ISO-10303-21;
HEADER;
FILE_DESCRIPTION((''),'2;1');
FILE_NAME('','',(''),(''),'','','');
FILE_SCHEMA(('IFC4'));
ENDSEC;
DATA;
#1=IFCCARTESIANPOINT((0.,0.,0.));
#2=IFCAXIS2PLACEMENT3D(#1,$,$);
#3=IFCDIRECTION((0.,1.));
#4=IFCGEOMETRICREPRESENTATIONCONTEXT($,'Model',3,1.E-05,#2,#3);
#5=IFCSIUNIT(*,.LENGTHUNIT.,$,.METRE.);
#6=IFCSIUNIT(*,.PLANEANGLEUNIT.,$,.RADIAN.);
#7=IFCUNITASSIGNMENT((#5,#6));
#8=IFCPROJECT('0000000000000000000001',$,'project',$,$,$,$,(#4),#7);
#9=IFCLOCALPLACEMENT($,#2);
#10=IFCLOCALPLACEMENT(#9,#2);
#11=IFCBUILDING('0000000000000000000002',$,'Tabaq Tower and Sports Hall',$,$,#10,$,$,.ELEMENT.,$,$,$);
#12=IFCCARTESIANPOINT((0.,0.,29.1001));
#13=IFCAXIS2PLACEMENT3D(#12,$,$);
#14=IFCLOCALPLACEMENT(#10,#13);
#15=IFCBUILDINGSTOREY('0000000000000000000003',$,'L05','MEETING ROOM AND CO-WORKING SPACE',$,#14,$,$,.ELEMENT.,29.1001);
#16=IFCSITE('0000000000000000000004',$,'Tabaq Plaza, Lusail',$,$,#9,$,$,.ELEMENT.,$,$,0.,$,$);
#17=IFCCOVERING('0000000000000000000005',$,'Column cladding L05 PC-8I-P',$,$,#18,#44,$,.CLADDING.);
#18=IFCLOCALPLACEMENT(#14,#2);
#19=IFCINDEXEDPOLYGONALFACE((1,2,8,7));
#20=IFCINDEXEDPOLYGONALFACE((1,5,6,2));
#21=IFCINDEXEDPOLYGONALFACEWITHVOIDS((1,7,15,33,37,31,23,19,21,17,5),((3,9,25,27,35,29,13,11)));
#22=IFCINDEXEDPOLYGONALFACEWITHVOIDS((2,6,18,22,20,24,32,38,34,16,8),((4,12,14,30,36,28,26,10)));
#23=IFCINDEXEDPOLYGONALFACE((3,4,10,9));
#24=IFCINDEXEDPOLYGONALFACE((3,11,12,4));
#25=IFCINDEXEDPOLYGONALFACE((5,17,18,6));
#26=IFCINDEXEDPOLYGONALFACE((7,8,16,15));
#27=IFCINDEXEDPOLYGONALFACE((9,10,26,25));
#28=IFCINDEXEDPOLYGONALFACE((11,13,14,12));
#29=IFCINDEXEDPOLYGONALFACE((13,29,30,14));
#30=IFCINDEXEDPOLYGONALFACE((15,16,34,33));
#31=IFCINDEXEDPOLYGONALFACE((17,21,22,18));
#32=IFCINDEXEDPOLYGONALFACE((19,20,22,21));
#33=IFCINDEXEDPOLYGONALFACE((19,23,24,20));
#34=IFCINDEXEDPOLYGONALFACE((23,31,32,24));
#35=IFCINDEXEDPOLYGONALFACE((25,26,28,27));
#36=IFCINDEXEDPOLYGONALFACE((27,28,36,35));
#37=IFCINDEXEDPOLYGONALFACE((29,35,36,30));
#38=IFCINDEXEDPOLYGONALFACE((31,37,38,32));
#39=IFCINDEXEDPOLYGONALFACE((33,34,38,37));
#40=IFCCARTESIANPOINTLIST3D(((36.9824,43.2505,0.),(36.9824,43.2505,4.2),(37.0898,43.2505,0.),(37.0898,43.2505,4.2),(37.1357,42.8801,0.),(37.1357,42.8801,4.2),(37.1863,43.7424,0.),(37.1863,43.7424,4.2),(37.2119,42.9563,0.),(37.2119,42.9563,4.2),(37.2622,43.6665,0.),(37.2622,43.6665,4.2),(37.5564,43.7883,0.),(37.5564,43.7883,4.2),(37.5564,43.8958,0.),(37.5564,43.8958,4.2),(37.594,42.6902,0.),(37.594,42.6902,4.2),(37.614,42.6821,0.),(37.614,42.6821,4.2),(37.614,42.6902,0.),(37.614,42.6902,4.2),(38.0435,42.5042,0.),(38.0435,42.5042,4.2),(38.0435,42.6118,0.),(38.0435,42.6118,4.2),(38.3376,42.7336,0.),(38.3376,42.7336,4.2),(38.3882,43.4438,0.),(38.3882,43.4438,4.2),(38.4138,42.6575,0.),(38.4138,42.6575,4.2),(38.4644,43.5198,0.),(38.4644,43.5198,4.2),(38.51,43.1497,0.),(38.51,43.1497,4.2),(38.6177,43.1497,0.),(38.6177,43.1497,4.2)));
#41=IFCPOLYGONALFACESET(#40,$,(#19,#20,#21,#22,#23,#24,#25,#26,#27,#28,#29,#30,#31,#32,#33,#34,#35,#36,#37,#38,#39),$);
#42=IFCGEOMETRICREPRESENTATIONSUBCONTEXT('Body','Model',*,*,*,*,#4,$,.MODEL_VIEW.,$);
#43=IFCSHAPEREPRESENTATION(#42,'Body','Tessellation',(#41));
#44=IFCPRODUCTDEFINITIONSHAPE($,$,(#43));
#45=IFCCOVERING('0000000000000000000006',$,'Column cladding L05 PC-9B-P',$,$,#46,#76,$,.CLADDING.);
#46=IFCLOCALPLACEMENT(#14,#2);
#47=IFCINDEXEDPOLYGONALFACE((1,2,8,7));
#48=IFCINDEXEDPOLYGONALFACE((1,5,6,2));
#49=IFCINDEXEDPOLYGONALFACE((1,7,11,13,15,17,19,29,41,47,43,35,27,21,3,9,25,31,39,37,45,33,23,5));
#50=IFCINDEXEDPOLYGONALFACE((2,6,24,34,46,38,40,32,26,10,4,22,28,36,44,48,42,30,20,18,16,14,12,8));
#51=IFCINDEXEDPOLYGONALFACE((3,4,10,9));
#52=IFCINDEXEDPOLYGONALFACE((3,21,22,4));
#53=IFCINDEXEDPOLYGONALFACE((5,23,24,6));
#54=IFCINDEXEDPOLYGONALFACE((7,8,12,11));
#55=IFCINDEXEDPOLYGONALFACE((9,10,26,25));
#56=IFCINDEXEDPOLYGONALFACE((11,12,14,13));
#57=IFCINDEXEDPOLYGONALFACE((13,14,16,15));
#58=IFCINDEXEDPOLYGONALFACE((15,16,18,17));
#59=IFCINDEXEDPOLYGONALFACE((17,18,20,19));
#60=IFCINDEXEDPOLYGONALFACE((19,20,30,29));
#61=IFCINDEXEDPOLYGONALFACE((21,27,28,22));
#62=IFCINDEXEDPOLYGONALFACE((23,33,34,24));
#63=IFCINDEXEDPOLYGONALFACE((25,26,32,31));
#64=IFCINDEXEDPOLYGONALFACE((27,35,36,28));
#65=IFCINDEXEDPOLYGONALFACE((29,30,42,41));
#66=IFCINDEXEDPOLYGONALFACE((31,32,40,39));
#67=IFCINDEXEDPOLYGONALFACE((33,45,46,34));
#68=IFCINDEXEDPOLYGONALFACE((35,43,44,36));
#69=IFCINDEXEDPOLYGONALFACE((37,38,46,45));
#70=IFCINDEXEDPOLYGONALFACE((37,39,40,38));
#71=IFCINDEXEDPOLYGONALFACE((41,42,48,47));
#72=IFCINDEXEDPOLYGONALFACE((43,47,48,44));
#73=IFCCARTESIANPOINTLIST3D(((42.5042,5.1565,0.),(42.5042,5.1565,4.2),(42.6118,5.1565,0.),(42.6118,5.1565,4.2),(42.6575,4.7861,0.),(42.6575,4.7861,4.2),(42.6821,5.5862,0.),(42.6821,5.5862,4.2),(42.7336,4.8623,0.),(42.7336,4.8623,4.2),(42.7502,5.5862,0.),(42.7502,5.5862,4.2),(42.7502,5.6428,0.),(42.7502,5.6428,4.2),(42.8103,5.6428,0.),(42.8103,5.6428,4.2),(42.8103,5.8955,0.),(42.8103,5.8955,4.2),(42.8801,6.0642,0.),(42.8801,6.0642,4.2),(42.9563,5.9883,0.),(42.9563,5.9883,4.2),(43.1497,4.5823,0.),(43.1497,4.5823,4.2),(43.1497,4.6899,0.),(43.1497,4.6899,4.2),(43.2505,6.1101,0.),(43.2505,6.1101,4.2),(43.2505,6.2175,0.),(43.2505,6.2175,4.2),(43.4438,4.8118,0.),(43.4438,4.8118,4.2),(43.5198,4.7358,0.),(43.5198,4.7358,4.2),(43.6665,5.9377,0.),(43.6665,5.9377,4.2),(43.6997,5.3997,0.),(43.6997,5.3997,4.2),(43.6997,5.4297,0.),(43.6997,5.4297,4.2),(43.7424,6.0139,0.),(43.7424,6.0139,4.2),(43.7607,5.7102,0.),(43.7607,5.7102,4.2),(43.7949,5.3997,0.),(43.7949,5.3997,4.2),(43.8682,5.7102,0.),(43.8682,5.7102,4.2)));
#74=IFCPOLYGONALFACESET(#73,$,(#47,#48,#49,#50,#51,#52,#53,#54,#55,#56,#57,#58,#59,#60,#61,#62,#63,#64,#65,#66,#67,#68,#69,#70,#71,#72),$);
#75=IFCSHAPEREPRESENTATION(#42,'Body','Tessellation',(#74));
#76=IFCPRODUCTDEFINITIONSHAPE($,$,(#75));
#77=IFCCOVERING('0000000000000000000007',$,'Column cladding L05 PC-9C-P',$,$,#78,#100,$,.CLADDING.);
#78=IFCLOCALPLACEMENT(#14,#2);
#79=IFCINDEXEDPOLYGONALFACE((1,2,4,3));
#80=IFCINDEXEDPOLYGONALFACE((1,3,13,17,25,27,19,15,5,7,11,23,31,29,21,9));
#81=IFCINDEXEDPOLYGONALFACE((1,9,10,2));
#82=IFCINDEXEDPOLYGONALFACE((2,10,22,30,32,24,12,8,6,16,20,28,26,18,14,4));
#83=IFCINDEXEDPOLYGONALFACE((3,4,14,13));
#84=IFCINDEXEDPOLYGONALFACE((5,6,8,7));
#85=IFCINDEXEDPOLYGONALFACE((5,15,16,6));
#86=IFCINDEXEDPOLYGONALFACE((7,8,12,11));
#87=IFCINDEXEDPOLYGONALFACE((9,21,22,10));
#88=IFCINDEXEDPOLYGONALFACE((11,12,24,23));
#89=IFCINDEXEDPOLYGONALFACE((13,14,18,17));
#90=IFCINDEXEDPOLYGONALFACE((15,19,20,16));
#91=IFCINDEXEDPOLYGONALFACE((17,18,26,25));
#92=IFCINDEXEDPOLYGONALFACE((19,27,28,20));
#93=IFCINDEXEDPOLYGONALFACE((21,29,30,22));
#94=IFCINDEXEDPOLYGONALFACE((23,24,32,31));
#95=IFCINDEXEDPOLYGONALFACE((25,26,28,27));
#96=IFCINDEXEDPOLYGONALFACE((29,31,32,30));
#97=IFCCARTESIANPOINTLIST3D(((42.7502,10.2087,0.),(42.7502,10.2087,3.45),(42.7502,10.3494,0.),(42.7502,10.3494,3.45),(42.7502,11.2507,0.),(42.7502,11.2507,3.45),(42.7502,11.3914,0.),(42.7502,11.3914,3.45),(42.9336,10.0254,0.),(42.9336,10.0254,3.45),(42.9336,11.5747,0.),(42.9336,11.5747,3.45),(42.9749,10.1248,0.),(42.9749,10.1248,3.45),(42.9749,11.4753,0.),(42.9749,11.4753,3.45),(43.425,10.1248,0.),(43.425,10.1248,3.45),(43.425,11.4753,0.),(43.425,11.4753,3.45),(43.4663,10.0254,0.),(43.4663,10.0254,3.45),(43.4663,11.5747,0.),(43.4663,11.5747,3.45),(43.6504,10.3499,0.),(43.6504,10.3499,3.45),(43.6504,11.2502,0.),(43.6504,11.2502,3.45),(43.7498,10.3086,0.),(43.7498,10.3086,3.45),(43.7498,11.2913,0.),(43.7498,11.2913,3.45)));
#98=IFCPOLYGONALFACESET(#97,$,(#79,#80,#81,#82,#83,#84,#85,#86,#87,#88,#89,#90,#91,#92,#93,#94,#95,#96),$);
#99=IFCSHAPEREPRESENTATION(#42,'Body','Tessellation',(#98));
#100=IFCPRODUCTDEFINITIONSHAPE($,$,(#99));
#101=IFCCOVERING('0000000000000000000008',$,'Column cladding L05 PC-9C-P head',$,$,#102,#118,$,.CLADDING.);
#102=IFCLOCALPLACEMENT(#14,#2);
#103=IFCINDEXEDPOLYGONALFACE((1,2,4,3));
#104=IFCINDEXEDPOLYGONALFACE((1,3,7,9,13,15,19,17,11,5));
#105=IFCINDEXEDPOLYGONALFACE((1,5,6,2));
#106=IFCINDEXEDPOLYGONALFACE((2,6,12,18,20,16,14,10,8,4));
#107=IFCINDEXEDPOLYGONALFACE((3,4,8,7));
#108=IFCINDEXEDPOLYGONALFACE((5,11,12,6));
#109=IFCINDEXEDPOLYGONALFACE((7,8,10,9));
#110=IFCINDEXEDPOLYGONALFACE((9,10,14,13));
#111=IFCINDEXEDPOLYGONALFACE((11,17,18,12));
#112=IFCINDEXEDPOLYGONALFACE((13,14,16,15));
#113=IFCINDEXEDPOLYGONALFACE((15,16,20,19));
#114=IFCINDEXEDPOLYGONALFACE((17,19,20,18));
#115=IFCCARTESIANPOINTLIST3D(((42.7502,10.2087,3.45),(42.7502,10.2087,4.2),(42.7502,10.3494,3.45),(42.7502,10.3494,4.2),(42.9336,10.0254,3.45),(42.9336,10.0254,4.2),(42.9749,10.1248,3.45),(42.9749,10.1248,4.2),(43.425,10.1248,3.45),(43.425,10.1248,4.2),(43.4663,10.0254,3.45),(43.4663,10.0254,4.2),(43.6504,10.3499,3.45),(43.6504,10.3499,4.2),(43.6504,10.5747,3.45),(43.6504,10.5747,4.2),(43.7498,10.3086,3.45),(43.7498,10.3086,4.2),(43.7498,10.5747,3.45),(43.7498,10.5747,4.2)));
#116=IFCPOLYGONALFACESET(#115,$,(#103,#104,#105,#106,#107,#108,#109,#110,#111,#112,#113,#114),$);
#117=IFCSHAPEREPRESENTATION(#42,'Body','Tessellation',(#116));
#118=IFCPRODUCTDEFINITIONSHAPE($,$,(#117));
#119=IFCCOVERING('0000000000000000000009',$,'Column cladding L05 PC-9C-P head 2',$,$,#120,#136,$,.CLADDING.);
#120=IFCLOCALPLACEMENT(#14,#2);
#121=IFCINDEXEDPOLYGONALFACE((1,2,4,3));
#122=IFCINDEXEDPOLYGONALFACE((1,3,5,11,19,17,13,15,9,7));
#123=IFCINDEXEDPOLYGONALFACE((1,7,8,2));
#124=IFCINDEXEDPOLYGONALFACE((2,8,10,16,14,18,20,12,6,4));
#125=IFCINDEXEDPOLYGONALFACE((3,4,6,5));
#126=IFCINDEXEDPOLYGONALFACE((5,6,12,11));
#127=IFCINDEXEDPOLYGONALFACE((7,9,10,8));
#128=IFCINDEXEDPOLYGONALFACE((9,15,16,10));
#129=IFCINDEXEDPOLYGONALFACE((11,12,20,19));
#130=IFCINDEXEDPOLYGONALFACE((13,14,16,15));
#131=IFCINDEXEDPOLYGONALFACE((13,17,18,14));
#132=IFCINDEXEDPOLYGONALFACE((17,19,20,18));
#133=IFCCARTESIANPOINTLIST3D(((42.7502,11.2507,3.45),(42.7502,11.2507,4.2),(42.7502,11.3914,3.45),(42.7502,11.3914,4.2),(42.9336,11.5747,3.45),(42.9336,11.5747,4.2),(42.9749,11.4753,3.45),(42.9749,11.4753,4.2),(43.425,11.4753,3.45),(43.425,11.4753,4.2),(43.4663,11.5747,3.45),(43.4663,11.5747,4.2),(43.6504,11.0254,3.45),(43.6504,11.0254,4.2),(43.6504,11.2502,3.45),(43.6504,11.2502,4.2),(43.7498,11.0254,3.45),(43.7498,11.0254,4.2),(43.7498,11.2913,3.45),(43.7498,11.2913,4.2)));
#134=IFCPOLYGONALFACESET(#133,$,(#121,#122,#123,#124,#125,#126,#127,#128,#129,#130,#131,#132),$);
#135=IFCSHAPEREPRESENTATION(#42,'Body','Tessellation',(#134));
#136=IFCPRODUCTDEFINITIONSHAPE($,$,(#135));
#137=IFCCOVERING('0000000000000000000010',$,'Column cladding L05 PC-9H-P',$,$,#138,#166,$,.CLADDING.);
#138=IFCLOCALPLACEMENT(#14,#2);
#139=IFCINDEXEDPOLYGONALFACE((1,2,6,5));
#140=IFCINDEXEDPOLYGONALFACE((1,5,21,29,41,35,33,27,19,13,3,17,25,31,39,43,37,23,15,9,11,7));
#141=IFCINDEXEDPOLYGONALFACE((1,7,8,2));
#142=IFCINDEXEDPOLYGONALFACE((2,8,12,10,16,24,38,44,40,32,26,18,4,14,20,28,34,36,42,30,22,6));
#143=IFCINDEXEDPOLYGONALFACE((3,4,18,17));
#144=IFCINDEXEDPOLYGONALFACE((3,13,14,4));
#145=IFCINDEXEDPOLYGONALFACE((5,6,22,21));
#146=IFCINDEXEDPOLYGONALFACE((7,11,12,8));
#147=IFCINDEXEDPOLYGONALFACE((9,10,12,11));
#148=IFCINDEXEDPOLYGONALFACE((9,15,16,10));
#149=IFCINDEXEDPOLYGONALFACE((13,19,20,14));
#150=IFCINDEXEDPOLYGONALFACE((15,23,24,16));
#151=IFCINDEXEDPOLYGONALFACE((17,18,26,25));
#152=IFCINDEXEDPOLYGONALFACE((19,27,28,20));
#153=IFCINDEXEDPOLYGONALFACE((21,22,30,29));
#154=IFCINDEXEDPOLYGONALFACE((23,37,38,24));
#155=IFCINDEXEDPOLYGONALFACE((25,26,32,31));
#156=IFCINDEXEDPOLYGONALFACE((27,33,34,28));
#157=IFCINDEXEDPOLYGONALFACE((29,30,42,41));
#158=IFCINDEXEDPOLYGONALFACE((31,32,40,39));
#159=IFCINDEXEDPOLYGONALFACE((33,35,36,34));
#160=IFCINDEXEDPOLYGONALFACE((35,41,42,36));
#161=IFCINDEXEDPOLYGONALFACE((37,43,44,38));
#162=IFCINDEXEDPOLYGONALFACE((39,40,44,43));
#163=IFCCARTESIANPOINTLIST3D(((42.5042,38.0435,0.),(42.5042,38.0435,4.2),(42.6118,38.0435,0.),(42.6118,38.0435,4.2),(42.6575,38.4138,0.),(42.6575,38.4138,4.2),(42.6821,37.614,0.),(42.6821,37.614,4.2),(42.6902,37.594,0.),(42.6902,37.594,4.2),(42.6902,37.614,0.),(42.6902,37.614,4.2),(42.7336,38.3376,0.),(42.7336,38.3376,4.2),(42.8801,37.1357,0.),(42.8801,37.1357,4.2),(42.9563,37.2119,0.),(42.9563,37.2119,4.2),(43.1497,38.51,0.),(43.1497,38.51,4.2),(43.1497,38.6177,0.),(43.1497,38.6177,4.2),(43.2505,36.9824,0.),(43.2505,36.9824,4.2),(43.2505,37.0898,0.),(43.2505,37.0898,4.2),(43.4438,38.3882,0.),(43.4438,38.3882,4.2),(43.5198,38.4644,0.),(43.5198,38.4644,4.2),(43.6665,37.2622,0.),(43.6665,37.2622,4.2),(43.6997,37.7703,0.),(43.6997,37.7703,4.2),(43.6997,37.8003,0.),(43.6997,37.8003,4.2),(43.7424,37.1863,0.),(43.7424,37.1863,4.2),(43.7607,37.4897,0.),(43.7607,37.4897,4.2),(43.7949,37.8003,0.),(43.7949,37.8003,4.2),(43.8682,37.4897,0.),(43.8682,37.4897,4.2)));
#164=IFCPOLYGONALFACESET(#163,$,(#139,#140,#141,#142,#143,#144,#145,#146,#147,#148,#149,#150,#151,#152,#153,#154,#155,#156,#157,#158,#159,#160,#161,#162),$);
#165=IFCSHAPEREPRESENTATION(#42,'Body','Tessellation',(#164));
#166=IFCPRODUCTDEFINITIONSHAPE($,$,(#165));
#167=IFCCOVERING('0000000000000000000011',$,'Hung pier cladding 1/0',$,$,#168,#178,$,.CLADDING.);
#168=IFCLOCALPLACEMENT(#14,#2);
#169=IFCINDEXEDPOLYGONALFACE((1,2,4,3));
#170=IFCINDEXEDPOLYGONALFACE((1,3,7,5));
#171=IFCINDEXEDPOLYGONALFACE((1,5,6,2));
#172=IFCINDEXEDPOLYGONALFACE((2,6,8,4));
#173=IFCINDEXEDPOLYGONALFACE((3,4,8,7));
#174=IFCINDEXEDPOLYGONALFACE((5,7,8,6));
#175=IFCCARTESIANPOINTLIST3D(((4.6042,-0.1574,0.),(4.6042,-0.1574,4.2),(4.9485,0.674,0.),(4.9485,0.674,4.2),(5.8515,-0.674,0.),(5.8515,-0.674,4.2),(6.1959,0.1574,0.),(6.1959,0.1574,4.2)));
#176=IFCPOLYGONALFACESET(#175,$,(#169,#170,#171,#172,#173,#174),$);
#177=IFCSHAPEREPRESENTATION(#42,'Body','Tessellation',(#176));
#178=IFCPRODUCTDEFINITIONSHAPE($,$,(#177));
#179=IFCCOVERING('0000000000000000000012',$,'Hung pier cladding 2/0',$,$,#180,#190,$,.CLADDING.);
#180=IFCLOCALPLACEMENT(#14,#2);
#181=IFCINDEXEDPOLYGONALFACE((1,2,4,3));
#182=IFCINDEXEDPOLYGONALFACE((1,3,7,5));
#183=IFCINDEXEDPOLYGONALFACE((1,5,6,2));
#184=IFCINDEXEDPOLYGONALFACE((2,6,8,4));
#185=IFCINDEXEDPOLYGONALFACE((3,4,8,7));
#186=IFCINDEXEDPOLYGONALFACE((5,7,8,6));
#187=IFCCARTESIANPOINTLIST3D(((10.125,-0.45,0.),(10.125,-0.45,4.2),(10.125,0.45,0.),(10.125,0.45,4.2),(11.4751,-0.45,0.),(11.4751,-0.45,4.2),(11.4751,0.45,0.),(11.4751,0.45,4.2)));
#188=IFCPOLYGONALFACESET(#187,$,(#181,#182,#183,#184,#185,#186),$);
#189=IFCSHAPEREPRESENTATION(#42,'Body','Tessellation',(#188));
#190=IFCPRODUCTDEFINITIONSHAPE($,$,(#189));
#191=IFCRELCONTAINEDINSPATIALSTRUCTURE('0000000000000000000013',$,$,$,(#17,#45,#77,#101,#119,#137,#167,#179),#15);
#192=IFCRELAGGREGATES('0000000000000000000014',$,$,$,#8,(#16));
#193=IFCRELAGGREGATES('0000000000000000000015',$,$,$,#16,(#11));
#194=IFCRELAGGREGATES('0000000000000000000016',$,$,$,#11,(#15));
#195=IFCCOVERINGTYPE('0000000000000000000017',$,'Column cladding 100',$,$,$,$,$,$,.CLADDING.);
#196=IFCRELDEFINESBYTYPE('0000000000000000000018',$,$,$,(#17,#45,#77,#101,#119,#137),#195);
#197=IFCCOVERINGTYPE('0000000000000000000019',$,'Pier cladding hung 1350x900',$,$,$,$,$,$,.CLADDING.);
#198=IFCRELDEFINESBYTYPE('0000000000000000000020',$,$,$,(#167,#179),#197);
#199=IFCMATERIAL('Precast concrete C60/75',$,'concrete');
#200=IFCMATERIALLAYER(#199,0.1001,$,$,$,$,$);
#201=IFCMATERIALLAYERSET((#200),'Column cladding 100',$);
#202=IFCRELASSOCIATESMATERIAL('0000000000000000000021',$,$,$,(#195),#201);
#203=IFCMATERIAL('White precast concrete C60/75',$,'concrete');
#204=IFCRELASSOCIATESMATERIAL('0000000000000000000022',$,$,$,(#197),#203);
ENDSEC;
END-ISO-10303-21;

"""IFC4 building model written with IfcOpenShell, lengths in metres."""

from ifc_helpers import new_model, si_unit, direction, frame, frame_2d, origin, place, context, subcontext, project, spatial, polyline, rectangle, outline, extrude, material, layer, layer_set, type_object, element, save


model = new_model("IFC4")

# Units and contexts
model_context = context("Model", 3, precision=1e-05, world=origin(), true_north=direction((0.0, 1.0)))
body_context = subcontext(model_context, "Body", "Model", "MODEL_VIEW")
ifc_project = project(units=[si_unit("LENGTHUNIT", "METRE"), si_unit("PLANEANGLEUNIT", "RADIAN")], contexts=[model_context])

# Site, building, storey
site_placement = place(None, origin())
site = spatial("IfcSite", under=ifc_project, at=site_placement, Name="Tabaq Plaza, Lusail", CompositionType="ELEMENT", RefElevation=0.0)
building_placement = place(site_placement, origin())
building = spatial("IfcBuilding", under=site, at=building_placement, Name="Tabaq Tower and Sports Hall", CompositionType="ELEMENT")
storey_placement = place(building_placement, frame((0.0, 0.0, 29.1001)))
storey = spatial("IfcBuildingStorey", under=building, at=storey_placement, Name="L05", Description="MEETING ROOM AND CO-WORKING SPACE", CompositionType="ELEMENT", Elevation=29.1001)

# Coverings
ifc_material_1 = material(Name="Precast concrete C60/75", Category="concrete")
ifc_layer_1 = layer(ifc_material_1, 0.1001)
ifc_layer_set_1 = layer_set([ifc_layer_1], Name="Column cladding 100")
covering_type_1 = type_object("IfcCoveringType", Name="Column cladding 100", PredefinedType="CLADDING", material=ifc_layer_set_1)
covering_1_placement = place(storey_placement, origin())
element("IfcCovering", 1, at=covering_1_placement, inside=storey, type_object=covering_type_1, Name="Column cladding L05 PC-8I-P", PredefinedType="CLADDING", context=body_context, shape_type="SweptSolid", body=[
    extrude(outline(polyline([(38.4138, 42.6575), (38.0435, 42.5042), (37.614, 42.6821), (37.614, 42.6902), (37.594, 42.6902), (37.1357, 42.8801), (36.9824, 43.2505), (37.1863, 43.7424), (37.5564, 43.8958), (38.4644, 43.5198), (38.6177, 43.1497), (38.4138, 42.6575)]), holes=[polyline([(37.2622, 43.6665), (37.0898, 43.2505), (37.2119, 42.9563), (38.0435, 42.6118), (38.3376, 42.7336), (38.51, 43.1497), (38.3882, 43.4438), (37.5564, 43.7883), (37.2622, 43.6665)])]), origin(), (0.0, 0.0, 1.0), 4.2),
])
covering_2_placement = place(storey_placement, origin())
element("IfcCovering", 2, at=covering_2_placement, inside=storey, type_object=covering_type_1, Name="Column cladding L05 PC-9B-P", PredefinedType="CLADDING", context=body_context, shape_type="SweptSolid", body=[
    extrude(outline(polyline([(42.6575, 4.7861), (42.5042, 5.1565), (42.6821, 5.5862), (42.7502, 5.5862), (42.7502, 5.6428), (42.8103, 5.6428), (42.8103, 5.8955), (42.8801, 6.0642), (43.2505, 6.2175), (43.7424, 6.0139), (43.8682, 5.7102), (43.7607, 5.7102), (43.6665, 5.9377), (43.2505, 6.1101), (42.9563, 5.9883), (42.6118, 5.1565), (42.7336, 4.8623), (43.1497, 4.6899), (43.4438, 4.8118), (43.6997, 5.4297), (43.6997, 5.3997), (43.7949, 5.3997), (43.5198, 4.7358), (43.1497, 4.5823), (42.6575, 4.7861)])), origin(), (0.0, 0.0, 1.0), 4.2),
])
covering_3_placement = place(storey_placement, origin())
element("IfcCovering", 3, at=covering_3_placement, inside=storey, type_object=covering_type_1, Name="Column cladding L05 PC-9C-P", PredefinedType="CLADDING", context=body_context, shape_type="SweptSolid", body=[
    extrude(outline(polyline([(42.9336, 10.0254), (42.7502, 10.2087), (42.7502, 10.3494), (42.9749, 10.1248), (43.425, 10.1248), (43.6504, 10.3499), (43.6504, 11.2502), (43.425, 11.4753), (42.9749, 11.4753), (42.7502, 11.2507), (42.7502, 11.3914), (42.9336, 11.5747), (43.4663, 11.5747), (43.7498, 11.2913), (43.7498, 10.3086), (43.4663, 10.0254), (42.9336, 10.0254)])), origin(), (0.0, 0.0, 1.0), 3.45),
])
covering_4_placement = place(storey_placement, frame((0.0, 0.0, 3.45)))
element("IfcCovering", 4, at=covering_4_placement, inside=storey, type_object=covering_type_1, Name="Column cladding L05 PC-9C-P head", PredefinedType="CLADDING", context=body_context, shape_type="SweptSolid", body=[
    extrude(outline(polyline([(42.7502, 10.2087), (42.7502, 10.3494), (42.9749, 10.1248), (43.425, 10.1248), (43.6504, 10.3499), (43.6504, 10.5747), (43.7498, 10.5747), (43.7498, 10.3086), (43.4663, 10.0254), (42.9336, 10.0254), (42.7502, 10.2087)])), origin(), (0.0, 0.0, 1.0), 0.75),
])
covering_5_placement = place(storey_placement, frame((0.0, 0.0, 3.45)))
element("IfcCovering", 5, at=covering_5_placement, inside=storey, type_object=covering_type_1, Name="Column cladding L05 PC-9C-P head 2", PredefinedType="CLADDING", context=body_context, shape_type="SweptSolid", body=[
    extrude(outline(polyline([(43.6504, 11.2502), (43.425, 11.4753), (42.9749, 11.4753), (42.7502, 11.2507), (42.7502, 11.3914), (42.9336, 11.5747), (43.4663, 11.5747), (43.7498, 11.2913), (43.7498, 11.0254), (43.6504, 11.0254), (43.6504, 11.2502)])), origin(), (0.0, 0.0, 1.0), 0.75),
])
covering_6_placement = place(storey_placement, origin())
element("IfcCovering", 6, at=covering_6_placement, inside=storey, type_object=covering_type_1, Name="Column cladding L05 PC-9H-P", PredefinedType="CLADDING", context=body_context, shape_type="SweptSolid", body=[
    extrude(outline(polyline([(43.2505, 36.9824), (42.8801, 37.1357), (42.6902, 37.594), (42.6902, 37.614), (42.6821, 37.614), (42.5042, 38.0435), (42.6575, 38.4138), (43.1497, 38.6177), (43.5198, 38.4644), (43.7949, 37.8003), (43.6997, 37.8003), (43.6997, 37.7703), (43.4438, 38.3882), (43.1497, 38.51), (42.7336, 38.3376), (42.6118, 38.0435), (42.9563, 37.2119), (43.2505, 37.0898), (43.6665, 37.2622), (43.7607, 37.4897), (43.8682, 37.4897), (43.7424, 37.1863), (43.2505, 36.9824)])), origin(), (0.0, 0.0, 1.0), 4.2),
])
ifc_material_2 = material(Name="White precast concrete C60/75", Category="concrete")
covering_type_2 = type_object("IfcCoveringType", Name="Pier cladding hung 1350x900", PredefinedType="CLADDING", material=ifc_material_2)
for number, where, z_axis, x_axis, name in (
    (7, (4.7764, 0.2583, 0.0), (0.0, 0.0, 1.0), (0.923893, -0.38265, 0.0), "Hung pier cladding 1/0"),
    (8, (10.125, 0.0, 0.0), (0.0, 0.0, 1.0), (1.0, 0.0, 0.0), "Hung pier cladding 2/0"),
):
    element("IfcCovering", number, at=place(storey_placement, frame(where, z_axis=z_axis, x_axis=x_axis)), inside=storey, type_object=covering_type_2, Name=name, PredefinedType="CLADDING", context=body_context, shape_type="SweptSolid", body=[
        extrude(rectangle(XDim=1.3501, YDim=0.8999, at=frame_2d((0.675, 0.0))), origin(), (0.0, 0.0, 1.0), 4.2),
    ])

save(model, "model.ifc")
